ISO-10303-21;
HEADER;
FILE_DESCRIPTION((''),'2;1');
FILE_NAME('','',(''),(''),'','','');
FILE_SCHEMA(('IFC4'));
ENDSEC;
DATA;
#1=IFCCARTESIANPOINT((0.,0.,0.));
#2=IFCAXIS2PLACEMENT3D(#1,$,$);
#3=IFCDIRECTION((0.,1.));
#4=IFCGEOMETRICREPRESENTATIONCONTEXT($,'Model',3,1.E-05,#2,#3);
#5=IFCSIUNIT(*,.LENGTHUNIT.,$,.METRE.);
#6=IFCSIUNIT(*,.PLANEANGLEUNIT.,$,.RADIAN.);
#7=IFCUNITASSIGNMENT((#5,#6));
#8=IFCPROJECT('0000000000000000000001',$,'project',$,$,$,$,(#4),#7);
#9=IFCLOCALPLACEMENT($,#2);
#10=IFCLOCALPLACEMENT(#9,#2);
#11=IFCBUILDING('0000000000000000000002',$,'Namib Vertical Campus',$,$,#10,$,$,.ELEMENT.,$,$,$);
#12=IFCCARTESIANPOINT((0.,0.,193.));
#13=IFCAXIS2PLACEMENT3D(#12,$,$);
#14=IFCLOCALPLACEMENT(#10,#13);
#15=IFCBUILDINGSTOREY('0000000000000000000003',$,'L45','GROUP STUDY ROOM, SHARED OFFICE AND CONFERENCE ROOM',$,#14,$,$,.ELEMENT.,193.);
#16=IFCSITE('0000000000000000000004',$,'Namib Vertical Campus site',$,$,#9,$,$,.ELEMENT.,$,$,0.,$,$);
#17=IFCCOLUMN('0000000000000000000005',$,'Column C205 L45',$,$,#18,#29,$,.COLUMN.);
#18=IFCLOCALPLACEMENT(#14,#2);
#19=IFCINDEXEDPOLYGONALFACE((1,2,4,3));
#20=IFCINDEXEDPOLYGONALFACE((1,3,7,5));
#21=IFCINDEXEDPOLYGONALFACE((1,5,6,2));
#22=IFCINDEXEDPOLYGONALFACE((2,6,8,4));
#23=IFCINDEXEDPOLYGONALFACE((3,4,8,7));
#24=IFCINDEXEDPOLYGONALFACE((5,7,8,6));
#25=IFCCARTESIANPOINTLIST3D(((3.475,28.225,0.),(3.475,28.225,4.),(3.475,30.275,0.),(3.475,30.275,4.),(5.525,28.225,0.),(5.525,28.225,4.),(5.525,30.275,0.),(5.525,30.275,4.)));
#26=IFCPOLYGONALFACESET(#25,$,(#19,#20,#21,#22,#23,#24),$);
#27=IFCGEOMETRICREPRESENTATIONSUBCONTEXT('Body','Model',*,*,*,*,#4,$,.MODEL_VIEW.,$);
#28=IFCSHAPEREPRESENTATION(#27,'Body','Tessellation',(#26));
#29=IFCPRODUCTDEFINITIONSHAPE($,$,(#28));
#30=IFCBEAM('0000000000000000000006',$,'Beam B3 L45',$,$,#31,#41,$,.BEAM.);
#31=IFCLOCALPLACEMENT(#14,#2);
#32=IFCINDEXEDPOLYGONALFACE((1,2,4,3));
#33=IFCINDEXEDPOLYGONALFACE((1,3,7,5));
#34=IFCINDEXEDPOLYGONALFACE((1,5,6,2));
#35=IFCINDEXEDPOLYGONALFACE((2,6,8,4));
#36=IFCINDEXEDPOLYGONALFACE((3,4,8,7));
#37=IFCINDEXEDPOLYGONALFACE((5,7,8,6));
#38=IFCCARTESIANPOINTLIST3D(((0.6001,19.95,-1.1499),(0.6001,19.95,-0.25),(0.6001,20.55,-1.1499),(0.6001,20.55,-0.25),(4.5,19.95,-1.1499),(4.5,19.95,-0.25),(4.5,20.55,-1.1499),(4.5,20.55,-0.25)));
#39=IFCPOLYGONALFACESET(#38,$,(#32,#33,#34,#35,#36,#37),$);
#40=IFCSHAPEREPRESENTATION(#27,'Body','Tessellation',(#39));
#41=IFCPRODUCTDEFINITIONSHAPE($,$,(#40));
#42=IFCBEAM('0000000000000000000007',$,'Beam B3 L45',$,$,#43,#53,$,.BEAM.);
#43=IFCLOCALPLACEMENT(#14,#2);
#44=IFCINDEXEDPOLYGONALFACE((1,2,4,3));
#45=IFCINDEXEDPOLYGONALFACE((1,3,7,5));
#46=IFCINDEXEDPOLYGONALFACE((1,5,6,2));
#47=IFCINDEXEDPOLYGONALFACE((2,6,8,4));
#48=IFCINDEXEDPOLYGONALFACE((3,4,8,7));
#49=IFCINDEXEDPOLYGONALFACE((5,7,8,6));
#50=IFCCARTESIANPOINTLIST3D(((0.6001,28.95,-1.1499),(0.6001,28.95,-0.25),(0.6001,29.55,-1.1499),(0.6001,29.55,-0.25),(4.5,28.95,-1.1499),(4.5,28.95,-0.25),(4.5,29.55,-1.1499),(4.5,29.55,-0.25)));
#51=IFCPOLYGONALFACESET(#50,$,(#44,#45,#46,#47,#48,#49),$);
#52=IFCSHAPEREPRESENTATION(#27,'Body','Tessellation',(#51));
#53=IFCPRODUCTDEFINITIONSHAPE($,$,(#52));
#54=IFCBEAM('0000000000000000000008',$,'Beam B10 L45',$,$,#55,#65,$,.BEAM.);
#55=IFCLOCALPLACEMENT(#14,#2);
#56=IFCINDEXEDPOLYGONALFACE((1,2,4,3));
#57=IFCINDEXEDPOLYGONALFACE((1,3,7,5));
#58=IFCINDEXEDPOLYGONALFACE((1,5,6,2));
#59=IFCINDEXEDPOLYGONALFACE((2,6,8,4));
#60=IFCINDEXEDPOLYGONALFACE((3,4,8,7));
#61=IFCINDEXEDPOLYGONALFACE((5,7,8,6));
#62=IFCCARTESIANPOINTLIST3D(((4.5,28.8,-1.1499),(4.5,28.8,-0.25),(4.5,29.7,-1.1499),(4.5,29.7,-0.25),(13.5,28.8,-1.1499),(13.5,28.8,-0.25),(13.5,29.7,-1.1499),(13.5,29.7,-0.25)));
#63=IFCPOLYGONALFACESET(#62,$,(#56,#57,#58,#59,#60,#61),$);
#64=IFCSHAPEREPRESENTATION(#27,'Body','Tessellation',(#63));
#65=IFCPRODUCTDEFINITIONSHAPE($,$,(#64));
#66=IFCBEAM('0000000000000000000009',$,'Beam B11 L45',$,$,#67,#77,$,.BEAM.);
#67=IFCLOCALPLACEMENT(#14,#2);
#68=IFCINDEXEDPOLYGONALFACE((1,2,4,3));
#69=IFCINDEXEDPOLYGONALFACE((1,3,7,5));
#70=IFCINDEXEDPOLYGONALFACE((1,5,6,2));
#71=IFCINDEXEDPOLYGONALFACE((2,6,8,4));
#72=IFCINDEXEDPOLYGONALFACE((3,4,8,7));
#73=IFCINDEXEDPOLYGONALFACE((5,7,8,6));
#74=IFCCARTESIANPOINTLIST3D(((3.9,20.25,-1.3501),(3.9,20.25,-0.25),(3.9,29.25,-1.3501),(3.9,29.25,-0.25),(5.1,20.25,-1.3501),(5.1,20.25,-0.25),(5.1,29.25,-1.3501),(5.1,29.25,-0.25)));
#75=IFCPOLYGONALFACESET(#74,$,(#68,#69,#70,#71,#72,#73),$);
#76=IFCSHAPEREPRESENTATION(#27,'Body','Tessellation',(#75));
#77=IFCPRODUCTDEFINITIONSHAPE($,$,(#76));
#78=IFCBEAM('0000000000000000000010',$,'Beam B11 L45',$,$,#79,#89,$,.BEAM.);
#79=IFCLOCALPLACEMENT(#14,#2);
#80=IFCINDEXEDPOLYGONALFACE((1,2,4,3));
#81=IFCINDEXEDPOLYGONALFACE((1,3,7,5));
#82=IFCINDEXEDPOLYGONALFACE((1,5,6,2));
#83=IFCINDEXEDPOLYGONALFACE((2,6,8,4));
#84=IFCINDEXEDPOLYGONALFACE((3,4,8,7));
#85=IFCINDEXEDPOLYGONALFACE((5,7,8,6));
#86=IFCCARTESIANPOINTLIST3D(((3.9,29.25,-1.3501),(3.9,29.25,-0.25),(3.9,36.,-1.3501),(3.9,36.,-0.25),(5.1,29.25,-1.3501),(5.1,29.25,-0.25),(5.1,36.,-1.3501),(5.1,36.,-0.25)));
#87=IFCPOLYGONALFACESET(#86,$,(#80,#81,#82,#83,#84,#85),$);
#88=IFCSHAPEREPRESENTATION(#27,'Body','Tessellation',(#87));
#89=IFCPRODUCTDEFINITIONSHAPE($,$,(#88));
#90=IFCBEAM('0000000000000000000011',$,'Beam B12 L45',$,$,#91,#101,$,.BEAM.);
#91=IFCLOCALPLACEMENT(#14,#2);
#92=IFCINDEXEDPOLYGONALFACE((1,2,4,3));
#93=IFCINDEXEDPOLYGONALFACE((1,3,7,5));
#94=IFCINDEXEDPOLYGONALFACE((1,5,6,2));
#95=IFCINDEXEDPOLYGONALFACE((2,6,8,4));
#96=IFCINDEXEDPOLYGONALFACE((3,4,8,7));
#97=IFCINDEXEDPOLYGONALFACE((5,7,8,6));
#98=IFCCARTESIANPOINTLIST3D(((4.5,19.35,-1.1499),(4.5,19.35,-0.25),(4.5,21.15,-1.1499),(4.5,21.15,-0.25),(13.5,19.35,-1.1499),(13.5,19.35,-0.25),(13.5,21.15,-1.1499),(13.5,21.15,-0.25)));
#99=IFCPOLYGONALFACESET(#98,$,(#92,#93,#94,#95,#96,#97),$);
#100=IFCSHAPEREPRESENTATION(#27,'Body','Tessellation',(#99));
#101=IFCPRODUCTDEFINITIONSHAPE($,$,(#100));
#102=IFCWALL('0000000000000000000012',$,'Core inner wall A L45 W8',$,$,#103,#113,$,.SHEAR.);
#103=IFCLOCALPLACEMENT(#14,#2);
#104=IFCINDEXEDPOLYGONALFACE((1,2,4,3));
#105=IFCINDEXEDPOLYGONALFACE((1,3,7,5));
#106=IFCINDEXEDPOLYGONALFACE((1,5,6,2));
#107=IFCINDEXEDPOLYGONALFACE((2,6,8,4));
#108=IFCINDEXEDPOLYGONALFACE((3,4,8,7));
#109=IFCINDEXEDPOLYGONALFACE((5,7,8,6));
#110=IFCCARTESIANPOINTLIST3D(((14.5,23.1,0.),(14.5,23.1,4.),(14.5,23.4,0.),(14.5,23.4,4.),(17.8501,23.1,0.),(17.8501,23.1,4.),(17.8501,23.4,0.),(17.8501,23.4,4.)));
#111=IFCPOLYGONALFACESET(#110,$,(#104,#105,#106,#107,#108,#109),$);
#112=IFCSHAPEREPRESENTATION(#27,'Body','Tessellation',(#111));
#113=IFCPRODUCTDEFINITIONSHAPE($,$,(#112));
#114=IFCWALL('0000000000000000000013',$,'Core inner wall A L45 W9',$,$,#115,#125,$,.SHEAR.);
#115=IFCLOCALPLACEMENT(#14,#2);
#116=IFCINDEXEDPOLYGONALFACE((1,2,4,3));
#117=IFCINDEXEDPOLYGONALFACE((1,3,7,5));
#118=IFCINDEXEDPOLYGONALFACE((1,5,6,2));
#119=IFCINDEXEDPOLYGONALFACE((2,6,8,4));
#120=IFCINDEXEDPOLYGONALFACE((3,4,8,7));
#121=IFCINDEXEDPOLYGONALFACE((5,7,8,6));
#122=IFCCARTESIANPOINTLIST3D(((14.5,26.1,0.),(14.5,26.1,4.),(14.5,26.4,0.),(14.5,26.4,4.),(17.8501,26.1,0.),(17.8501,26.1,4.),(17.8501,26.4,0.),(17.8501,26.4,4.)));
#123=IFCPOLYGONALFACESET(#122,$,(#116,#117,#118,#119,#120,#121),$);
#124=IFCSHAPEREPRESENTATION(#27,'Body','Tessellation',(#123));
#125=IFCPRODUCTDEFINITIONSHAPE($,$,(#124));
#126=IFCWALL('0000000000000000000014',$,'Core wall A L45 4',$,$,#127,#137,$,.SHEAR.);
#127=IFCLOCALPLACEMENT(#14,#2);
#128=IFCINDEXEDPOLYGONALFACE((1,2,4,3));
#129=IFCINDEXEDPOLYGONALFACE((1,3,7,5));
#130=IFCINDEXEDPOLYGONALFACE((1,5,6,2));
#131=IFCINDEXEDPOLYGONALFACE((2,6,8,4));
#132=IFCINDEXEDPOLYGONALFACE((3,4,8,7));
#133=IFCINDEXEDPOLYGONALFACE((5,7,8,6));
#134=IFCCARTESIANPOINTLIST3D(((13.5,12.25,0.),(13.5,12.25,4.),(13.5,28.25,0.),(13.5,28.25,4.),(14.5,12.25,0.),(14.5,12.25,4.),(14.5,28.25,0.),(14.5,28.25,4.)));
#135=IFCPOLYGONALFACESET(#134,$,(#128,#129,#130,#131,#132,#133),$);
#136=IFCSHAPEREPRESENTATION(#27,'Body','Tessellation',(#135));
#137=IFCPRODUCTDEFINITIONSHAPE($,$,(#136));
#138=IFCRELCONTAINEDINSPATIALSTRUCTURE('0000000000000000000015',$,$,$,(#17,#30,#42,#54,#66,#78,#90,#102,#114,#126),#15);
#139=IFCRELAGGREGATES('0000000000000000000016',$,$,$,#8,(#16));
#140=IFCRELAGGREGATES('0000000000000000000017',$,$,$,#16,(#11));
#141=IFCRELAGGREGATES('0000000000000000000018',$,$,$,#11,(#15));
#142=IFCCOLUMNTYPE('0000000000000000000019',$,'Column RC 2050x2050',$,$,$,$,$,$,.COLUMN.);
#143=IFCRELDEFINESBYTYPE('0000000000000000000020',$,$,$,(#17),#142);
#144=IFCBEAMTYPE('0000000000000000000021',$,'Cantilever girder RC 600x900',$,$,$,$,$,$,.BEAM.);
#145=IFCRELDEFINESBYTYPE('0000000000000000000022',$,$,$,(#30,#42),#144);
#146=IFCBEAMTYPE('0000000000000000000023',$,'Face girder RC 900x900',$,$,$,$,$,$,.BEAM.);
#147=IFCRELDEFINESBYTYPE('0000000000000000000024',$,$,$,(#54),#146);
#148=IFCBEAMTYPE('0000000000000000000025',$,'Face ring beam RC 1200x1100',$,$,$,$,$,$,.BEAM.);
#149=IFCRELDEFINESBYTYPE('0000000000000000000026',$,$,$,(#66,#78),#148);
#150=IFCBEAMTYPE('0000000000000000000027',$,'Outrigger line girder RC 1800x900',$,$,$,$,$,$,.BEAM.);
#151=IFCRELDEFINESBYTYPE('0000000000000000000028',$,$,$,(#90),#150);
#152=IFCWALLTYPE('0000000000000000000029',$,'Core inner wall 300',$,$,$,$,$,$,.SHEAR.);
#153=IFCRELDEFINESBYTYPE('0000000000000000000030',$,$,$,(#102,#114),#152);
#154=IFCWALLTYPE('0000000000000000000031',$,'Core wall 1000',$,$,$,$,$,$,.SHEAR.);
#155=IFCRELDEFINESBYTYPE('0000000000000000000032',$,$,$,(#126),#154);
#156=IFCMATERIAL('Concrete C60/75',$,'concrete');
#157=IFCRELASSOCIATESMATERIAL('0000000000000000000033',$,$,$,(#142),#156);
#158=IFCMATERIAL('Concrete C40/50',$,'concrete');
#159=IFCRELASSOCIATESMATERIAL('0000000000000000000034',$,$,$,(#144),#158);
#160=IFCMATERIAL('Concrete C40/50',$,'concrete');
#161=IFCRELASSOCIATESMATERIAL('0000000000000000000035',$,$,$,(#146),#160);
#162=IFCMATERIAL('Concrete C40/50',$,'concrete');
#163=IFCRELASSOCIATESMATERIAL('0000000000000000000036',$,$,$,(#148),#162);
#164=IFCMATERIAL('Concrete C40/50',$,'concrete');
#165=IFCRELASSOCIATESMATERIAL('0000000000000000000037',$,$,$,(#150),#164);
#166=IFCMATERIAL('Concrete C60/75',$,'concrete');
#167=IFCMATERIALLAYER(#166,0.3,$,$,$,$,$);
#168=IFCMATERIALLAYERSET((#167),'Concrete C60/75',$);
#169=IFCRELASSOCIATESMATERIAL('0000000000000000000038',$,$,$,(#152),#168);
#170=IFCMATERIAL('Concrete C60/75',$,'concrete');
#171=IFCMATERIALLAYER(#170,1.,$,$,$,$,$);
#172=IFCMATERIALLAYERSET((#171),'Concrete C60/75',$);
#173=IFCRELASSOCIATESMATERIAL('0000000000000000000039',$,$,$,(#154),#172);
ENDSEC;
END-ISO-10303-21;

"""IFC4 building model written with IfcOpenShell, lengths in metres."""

from ifc_helpers import new_model, si_unit, direction, frame, frame_2d, origin, origin_2d, place, context, subcontext, project, spatial, rectangle, extrude, material, layer, layer_set, material_profile, profile_set, type_object, element, save


model = new_model("IFC4")

# Units and contexts
model_context = context("Model", 3, precision=1e-05, world=origin(), true_north=direction((0.0, 1.0)))
body_context = subcontext(model_context, "Body", "Model", "MODEL_VIEW")
ifc_project = project(units=[si_unit("LENGTHUNIT", "METRE"), si_unit("PLANEANGLEUNIT", "RADIAN")], contexts=[model_context])

# Site, building, storey
site_placement = place(None, origin())
site = spatial("IfcSite", under=ifc_project, at=site_placement, Name="Namib Vertical Campus site", CompositionType="ELEMENT", RefElevation=0.0)
building_placement = place(site_placement, origin())
building = spatial("IfcBuilding", under=site, at=building_placement, Name="Namib Vertical Campus", CompositionType="ELEMENT")
storey_placement = place(building_placement, frame((0.0, 0.0, 193.0)))
storey = spatial("IfcBuildingStorey", under=building, at=storey_placement, Name="L45", Description="GROUP STUDY ROOM, SHARED OFFICE AND CONFERENCE ROOM", CompositionType="ELEMENT", Elevation=193.0)

# Column
ifc_material_1 = material(Name="Concrete C60/75", Category="concrete")
ifc_material_profile_1 = material_profile(ifc_material_1, rectangle(XDim=2.05, YDim=2.05, at=origin_2d()))
ifc_profile_set_1 = profile_set([ifc_material_profile_1], Name="Concrete C60/75")
column_type = type_object("IfcColumnType", Name="Column RC 2050x2050", PredefinedType="COLUMN", material=ifc_profile_set_1)
column_placement = place(storey_placement, frame((4.5, 29.25, 0.0), z_axis=(0.0, 0.0, 1.0), x_axis=(1.0, 0.0, 0.0)))
element("IfcColumn", 1, at=column_placement, inside=storey, type_object=column_type, Name="Column C205 L45", PredefinedType="COLUMN", context=body_context, shape_type="SweptSolid", body=[
    extrude(rectangle(XDim=2.05, YDim=2.05, at=origin_2d()), origin(), (0.0, 0.0, 1.0), 4.0),
])

# Beams
ifc_material_2 = material(Name="Concrete C40/50", Category="concrete")
ifc_material_profile_2 = material_profile(ifc_material_2, rectangle(XDim=0.6001, YDim=0.8999, at=origin_2d()))
ifc_profile_set_2 = profile_set([ifc_material_profile_2], Name="Concrete C40/50")
beam_type_1 = type_object("IfcBeamType", Name="Cantilever girder RC 600x900", PredefinedType="BEAM", material=ifc_profile_set_2)
for number, where, z_axis, x_axis, name in (
    (2, (4.5, 20.25, -0.7), (-1.0, 0.0, 0.0), (0.0, -1.0, 0.0), "Beam B3 L45"),
    (3, (4.5, 29.25, -0.7), (-1.0, 0.0, 0.0), (0.0, -1.0, 0.0), "Beam B3 L45"),
):
    element("IfcBeam", number, at=place(storey_placement, frame(where, z_axis=z_axis, x_axis=x_axis)), inside=storey, type_object=beam_type_1, Name=name, PredefinedType="BEAM", context=body_context, shape_type="SweptSolid", body=[
        extrude(rectangle(XDim=0.6001, YDim=0.8999, at=origin_2d()), origin(), (0.0, 0.0, 1.0), 3.8999),
    ])
ifc_material_3 = material(Name="Concrete C40/50", Category="concrete")
ifc_material_profile_3 = material_profile(ifc_material_3, rectangle(XDim=0.8999, YDim=0.8999, at=origin_2d()))
ifc_profile_set_3 = profile_set([ifc_material_profile_3], Name="Concrete C40/50")
beam_type_2 = type_object("IfcBeamType", Name="Face girder RC 900x900", PredefinedType="BEAM", material=ifc_profile_set_3)
beam_1_placement = place(storey_placement, frame((4.5, 29.25, -0.7), z_axis=(1.0, 0.0, 0.0), x_axis=(0.0, 1.0, 0.0)))
element("IfcBeam", 4, at=beam_1_placement, inside=storey, type_object=beam_type_2, Name="Beam B10 L45", PredefinedType="BEAM", context=body_context, shape_type="SweptSolid", body=[
    extrude(rectangle(XDim=0.8999, YDim=0.8999, at=origin_2d()), origin(), (0.0, 0.0, 1.0), 9.0),
])
ifc_material_4 = material(Name="Concrete C40/50", Category="concrete")
ifc_material_profile_4 = material_profile(ifc_material_4, rectangle(XDim=1.2, YDim=1.1001, at=origin_2d()))
ifc_profile_set_4 = profile_set([ifc_material_profile_4], Name="Concrete C40/50")
beam_type_3 = type_object("IfcBeamType", Name="Face ring beam RC 1200x1100", PredefinedType="BEAM", material=ifc_profile_set_4)
beam_2_placement = place(storey_placement, frame((4.5, 20.25, -0.8), z_axis=(0.0, 1.0, 0.0), x_axis=(-1.0, 0.0, 0.0)))
element("IfcBeam", 5, at=beam_2_placement, inside=storey, type_object=beam_type_3, Name="Beam B11 L45", PredefinedType="BEAM", context=body_context, shape_type="SweptSolid", body=[
    extrude(rectangle(XDim=1.2, YDim=1.1001, at=origin_2d()), origin(), (0.0, 0.0, 1.0), 9.0),
])
beam_3_placement = place(storey_placement, frame((4.5, 29.25, -0.8), z_axis=(0.0, 1.0, 0.0), x_axis=(-1.0, 0.0, 0.0)))
element("IfcBeam", 6, at=beam_3_placement, inside=storey, type_object=beam_type_3, Name="Beam B11 L45", PredefinedType="BEAM", context=body_context, shape_type="SweptSolid", body=[
    extrude(rectangle(XDim=1.2, YDim=1.1001, at=origin_2d()), origin(), (0.0, 0.0, 1.0), 6.75),
])
ifc_material_5 = material(Name="Concrete C40/50", Category="concrete")
ifc_material_profile_5 = material_profile(ifc_material_5, rectangle(XDim=1.8, YDim=0.8999, at=origin_2d()))
ifc_profile_set_5 = profile_set([ifc_material_profile_5], Name="Concrete C40/50")
beam_type_4 = type_object("IfcBeamType", Name="Outrigger line girder RC 1800x900", PredefinedType="BEAM", material=ifc_profile_set_5)
beam_4_placement = place(storey_placement, frame((4.5, 20.25, -0.7), z_axis=(1.0, 0.0, 0.0), x_axis=(0.0, 1.0, 0.0)))
element("IfcBeam", 7, at=beam_4_placement, inside=storey, type_object=beam_type_4, Name="Beam B12 L45", PredefinedType="BEAM", context=body_context, shape_type="SweptSolid", body=[
    extrude(rectangle(XDim=1.8, YDim=0.8999, at=origin_2d()), origin(), (0.0, 0.0, 1.0), 9.0),
])

# Walls
ifc_material_6 = material(Name="Concrete C60/75", Category="concrete")
ifc_layer_1 = layer(ifc_material_6, 0.3)
ifc_layer_set_1 = layer_set([ifc_layer_1], Name="Concrete C60/75")
wall_type_1 = type_object("IfcWallType", Name="Core inner wall 300", PredefinedType="SHEAR", material=ifc_layer_set_1)
for number, where, z_axis, x_axis, name in (
    (8, (14.5, 23.25, 0.0), (0.0, 0.0, 1.0), (1.0, 0.0, 0.0), "Core inner wall A L45 W8"),
    (9, (14.5, 26.25, 0.0), (0.0, 0.0, 1.0), (1.0, 0.0, 0.0), "Core inner wall A L45 W9"),
):
    element("IfcWall", number, at=place(storey_placement, frame(where, z_axis=z_axis, x_axis=x_axis)), inside=storey, type_object=wall_type_1, Name=name, PredefinedType="SHEAR", context=body_context, shape_type="SweptSolid", body=[
        extrude(rectangle(XDim=3.3501, YDim=0.3, at=frame_2d((1.675, 0.0))), origin(), (0.0, 0.0, 1.0), 4.0),
    ])
ifc_material_7 = material(Name="Concrete C60/75", Category="concrete")
ifc_layer_2 = layer(ifc_material_7, 1.0)
ifc_layer_set_2 = layer_set([ifc_layer_2], Name="Concrete C60/75")
wall_type_2 = type_object("IfcWallType", Name="Core wall 1000", PredefinedType="SHEAR", material=ifc_layer_set_2)
wall_1_placement = place(storey_placement, frame((14.0, 28.25, 0.0), z_axis=(0.0, 0.0, 1.0), x_axis=(0.0, -1.0, 0.0)))
element("IfcWall", 10, at=wall_1_placement, inside=storey, type_object=wall_type_2, Name="Core wall A L45 4", PredefinedType="SHEAR", context=body_context, shape_type="SweptSolid", body=[
    extrude(rectangle(XDim=16.0, YDim=1.0, at=frame_2d((8.0, 0.0))), origin(), (0.0, 0.0, 1.0), 4.0),
])

save(model, "model.ifc")
